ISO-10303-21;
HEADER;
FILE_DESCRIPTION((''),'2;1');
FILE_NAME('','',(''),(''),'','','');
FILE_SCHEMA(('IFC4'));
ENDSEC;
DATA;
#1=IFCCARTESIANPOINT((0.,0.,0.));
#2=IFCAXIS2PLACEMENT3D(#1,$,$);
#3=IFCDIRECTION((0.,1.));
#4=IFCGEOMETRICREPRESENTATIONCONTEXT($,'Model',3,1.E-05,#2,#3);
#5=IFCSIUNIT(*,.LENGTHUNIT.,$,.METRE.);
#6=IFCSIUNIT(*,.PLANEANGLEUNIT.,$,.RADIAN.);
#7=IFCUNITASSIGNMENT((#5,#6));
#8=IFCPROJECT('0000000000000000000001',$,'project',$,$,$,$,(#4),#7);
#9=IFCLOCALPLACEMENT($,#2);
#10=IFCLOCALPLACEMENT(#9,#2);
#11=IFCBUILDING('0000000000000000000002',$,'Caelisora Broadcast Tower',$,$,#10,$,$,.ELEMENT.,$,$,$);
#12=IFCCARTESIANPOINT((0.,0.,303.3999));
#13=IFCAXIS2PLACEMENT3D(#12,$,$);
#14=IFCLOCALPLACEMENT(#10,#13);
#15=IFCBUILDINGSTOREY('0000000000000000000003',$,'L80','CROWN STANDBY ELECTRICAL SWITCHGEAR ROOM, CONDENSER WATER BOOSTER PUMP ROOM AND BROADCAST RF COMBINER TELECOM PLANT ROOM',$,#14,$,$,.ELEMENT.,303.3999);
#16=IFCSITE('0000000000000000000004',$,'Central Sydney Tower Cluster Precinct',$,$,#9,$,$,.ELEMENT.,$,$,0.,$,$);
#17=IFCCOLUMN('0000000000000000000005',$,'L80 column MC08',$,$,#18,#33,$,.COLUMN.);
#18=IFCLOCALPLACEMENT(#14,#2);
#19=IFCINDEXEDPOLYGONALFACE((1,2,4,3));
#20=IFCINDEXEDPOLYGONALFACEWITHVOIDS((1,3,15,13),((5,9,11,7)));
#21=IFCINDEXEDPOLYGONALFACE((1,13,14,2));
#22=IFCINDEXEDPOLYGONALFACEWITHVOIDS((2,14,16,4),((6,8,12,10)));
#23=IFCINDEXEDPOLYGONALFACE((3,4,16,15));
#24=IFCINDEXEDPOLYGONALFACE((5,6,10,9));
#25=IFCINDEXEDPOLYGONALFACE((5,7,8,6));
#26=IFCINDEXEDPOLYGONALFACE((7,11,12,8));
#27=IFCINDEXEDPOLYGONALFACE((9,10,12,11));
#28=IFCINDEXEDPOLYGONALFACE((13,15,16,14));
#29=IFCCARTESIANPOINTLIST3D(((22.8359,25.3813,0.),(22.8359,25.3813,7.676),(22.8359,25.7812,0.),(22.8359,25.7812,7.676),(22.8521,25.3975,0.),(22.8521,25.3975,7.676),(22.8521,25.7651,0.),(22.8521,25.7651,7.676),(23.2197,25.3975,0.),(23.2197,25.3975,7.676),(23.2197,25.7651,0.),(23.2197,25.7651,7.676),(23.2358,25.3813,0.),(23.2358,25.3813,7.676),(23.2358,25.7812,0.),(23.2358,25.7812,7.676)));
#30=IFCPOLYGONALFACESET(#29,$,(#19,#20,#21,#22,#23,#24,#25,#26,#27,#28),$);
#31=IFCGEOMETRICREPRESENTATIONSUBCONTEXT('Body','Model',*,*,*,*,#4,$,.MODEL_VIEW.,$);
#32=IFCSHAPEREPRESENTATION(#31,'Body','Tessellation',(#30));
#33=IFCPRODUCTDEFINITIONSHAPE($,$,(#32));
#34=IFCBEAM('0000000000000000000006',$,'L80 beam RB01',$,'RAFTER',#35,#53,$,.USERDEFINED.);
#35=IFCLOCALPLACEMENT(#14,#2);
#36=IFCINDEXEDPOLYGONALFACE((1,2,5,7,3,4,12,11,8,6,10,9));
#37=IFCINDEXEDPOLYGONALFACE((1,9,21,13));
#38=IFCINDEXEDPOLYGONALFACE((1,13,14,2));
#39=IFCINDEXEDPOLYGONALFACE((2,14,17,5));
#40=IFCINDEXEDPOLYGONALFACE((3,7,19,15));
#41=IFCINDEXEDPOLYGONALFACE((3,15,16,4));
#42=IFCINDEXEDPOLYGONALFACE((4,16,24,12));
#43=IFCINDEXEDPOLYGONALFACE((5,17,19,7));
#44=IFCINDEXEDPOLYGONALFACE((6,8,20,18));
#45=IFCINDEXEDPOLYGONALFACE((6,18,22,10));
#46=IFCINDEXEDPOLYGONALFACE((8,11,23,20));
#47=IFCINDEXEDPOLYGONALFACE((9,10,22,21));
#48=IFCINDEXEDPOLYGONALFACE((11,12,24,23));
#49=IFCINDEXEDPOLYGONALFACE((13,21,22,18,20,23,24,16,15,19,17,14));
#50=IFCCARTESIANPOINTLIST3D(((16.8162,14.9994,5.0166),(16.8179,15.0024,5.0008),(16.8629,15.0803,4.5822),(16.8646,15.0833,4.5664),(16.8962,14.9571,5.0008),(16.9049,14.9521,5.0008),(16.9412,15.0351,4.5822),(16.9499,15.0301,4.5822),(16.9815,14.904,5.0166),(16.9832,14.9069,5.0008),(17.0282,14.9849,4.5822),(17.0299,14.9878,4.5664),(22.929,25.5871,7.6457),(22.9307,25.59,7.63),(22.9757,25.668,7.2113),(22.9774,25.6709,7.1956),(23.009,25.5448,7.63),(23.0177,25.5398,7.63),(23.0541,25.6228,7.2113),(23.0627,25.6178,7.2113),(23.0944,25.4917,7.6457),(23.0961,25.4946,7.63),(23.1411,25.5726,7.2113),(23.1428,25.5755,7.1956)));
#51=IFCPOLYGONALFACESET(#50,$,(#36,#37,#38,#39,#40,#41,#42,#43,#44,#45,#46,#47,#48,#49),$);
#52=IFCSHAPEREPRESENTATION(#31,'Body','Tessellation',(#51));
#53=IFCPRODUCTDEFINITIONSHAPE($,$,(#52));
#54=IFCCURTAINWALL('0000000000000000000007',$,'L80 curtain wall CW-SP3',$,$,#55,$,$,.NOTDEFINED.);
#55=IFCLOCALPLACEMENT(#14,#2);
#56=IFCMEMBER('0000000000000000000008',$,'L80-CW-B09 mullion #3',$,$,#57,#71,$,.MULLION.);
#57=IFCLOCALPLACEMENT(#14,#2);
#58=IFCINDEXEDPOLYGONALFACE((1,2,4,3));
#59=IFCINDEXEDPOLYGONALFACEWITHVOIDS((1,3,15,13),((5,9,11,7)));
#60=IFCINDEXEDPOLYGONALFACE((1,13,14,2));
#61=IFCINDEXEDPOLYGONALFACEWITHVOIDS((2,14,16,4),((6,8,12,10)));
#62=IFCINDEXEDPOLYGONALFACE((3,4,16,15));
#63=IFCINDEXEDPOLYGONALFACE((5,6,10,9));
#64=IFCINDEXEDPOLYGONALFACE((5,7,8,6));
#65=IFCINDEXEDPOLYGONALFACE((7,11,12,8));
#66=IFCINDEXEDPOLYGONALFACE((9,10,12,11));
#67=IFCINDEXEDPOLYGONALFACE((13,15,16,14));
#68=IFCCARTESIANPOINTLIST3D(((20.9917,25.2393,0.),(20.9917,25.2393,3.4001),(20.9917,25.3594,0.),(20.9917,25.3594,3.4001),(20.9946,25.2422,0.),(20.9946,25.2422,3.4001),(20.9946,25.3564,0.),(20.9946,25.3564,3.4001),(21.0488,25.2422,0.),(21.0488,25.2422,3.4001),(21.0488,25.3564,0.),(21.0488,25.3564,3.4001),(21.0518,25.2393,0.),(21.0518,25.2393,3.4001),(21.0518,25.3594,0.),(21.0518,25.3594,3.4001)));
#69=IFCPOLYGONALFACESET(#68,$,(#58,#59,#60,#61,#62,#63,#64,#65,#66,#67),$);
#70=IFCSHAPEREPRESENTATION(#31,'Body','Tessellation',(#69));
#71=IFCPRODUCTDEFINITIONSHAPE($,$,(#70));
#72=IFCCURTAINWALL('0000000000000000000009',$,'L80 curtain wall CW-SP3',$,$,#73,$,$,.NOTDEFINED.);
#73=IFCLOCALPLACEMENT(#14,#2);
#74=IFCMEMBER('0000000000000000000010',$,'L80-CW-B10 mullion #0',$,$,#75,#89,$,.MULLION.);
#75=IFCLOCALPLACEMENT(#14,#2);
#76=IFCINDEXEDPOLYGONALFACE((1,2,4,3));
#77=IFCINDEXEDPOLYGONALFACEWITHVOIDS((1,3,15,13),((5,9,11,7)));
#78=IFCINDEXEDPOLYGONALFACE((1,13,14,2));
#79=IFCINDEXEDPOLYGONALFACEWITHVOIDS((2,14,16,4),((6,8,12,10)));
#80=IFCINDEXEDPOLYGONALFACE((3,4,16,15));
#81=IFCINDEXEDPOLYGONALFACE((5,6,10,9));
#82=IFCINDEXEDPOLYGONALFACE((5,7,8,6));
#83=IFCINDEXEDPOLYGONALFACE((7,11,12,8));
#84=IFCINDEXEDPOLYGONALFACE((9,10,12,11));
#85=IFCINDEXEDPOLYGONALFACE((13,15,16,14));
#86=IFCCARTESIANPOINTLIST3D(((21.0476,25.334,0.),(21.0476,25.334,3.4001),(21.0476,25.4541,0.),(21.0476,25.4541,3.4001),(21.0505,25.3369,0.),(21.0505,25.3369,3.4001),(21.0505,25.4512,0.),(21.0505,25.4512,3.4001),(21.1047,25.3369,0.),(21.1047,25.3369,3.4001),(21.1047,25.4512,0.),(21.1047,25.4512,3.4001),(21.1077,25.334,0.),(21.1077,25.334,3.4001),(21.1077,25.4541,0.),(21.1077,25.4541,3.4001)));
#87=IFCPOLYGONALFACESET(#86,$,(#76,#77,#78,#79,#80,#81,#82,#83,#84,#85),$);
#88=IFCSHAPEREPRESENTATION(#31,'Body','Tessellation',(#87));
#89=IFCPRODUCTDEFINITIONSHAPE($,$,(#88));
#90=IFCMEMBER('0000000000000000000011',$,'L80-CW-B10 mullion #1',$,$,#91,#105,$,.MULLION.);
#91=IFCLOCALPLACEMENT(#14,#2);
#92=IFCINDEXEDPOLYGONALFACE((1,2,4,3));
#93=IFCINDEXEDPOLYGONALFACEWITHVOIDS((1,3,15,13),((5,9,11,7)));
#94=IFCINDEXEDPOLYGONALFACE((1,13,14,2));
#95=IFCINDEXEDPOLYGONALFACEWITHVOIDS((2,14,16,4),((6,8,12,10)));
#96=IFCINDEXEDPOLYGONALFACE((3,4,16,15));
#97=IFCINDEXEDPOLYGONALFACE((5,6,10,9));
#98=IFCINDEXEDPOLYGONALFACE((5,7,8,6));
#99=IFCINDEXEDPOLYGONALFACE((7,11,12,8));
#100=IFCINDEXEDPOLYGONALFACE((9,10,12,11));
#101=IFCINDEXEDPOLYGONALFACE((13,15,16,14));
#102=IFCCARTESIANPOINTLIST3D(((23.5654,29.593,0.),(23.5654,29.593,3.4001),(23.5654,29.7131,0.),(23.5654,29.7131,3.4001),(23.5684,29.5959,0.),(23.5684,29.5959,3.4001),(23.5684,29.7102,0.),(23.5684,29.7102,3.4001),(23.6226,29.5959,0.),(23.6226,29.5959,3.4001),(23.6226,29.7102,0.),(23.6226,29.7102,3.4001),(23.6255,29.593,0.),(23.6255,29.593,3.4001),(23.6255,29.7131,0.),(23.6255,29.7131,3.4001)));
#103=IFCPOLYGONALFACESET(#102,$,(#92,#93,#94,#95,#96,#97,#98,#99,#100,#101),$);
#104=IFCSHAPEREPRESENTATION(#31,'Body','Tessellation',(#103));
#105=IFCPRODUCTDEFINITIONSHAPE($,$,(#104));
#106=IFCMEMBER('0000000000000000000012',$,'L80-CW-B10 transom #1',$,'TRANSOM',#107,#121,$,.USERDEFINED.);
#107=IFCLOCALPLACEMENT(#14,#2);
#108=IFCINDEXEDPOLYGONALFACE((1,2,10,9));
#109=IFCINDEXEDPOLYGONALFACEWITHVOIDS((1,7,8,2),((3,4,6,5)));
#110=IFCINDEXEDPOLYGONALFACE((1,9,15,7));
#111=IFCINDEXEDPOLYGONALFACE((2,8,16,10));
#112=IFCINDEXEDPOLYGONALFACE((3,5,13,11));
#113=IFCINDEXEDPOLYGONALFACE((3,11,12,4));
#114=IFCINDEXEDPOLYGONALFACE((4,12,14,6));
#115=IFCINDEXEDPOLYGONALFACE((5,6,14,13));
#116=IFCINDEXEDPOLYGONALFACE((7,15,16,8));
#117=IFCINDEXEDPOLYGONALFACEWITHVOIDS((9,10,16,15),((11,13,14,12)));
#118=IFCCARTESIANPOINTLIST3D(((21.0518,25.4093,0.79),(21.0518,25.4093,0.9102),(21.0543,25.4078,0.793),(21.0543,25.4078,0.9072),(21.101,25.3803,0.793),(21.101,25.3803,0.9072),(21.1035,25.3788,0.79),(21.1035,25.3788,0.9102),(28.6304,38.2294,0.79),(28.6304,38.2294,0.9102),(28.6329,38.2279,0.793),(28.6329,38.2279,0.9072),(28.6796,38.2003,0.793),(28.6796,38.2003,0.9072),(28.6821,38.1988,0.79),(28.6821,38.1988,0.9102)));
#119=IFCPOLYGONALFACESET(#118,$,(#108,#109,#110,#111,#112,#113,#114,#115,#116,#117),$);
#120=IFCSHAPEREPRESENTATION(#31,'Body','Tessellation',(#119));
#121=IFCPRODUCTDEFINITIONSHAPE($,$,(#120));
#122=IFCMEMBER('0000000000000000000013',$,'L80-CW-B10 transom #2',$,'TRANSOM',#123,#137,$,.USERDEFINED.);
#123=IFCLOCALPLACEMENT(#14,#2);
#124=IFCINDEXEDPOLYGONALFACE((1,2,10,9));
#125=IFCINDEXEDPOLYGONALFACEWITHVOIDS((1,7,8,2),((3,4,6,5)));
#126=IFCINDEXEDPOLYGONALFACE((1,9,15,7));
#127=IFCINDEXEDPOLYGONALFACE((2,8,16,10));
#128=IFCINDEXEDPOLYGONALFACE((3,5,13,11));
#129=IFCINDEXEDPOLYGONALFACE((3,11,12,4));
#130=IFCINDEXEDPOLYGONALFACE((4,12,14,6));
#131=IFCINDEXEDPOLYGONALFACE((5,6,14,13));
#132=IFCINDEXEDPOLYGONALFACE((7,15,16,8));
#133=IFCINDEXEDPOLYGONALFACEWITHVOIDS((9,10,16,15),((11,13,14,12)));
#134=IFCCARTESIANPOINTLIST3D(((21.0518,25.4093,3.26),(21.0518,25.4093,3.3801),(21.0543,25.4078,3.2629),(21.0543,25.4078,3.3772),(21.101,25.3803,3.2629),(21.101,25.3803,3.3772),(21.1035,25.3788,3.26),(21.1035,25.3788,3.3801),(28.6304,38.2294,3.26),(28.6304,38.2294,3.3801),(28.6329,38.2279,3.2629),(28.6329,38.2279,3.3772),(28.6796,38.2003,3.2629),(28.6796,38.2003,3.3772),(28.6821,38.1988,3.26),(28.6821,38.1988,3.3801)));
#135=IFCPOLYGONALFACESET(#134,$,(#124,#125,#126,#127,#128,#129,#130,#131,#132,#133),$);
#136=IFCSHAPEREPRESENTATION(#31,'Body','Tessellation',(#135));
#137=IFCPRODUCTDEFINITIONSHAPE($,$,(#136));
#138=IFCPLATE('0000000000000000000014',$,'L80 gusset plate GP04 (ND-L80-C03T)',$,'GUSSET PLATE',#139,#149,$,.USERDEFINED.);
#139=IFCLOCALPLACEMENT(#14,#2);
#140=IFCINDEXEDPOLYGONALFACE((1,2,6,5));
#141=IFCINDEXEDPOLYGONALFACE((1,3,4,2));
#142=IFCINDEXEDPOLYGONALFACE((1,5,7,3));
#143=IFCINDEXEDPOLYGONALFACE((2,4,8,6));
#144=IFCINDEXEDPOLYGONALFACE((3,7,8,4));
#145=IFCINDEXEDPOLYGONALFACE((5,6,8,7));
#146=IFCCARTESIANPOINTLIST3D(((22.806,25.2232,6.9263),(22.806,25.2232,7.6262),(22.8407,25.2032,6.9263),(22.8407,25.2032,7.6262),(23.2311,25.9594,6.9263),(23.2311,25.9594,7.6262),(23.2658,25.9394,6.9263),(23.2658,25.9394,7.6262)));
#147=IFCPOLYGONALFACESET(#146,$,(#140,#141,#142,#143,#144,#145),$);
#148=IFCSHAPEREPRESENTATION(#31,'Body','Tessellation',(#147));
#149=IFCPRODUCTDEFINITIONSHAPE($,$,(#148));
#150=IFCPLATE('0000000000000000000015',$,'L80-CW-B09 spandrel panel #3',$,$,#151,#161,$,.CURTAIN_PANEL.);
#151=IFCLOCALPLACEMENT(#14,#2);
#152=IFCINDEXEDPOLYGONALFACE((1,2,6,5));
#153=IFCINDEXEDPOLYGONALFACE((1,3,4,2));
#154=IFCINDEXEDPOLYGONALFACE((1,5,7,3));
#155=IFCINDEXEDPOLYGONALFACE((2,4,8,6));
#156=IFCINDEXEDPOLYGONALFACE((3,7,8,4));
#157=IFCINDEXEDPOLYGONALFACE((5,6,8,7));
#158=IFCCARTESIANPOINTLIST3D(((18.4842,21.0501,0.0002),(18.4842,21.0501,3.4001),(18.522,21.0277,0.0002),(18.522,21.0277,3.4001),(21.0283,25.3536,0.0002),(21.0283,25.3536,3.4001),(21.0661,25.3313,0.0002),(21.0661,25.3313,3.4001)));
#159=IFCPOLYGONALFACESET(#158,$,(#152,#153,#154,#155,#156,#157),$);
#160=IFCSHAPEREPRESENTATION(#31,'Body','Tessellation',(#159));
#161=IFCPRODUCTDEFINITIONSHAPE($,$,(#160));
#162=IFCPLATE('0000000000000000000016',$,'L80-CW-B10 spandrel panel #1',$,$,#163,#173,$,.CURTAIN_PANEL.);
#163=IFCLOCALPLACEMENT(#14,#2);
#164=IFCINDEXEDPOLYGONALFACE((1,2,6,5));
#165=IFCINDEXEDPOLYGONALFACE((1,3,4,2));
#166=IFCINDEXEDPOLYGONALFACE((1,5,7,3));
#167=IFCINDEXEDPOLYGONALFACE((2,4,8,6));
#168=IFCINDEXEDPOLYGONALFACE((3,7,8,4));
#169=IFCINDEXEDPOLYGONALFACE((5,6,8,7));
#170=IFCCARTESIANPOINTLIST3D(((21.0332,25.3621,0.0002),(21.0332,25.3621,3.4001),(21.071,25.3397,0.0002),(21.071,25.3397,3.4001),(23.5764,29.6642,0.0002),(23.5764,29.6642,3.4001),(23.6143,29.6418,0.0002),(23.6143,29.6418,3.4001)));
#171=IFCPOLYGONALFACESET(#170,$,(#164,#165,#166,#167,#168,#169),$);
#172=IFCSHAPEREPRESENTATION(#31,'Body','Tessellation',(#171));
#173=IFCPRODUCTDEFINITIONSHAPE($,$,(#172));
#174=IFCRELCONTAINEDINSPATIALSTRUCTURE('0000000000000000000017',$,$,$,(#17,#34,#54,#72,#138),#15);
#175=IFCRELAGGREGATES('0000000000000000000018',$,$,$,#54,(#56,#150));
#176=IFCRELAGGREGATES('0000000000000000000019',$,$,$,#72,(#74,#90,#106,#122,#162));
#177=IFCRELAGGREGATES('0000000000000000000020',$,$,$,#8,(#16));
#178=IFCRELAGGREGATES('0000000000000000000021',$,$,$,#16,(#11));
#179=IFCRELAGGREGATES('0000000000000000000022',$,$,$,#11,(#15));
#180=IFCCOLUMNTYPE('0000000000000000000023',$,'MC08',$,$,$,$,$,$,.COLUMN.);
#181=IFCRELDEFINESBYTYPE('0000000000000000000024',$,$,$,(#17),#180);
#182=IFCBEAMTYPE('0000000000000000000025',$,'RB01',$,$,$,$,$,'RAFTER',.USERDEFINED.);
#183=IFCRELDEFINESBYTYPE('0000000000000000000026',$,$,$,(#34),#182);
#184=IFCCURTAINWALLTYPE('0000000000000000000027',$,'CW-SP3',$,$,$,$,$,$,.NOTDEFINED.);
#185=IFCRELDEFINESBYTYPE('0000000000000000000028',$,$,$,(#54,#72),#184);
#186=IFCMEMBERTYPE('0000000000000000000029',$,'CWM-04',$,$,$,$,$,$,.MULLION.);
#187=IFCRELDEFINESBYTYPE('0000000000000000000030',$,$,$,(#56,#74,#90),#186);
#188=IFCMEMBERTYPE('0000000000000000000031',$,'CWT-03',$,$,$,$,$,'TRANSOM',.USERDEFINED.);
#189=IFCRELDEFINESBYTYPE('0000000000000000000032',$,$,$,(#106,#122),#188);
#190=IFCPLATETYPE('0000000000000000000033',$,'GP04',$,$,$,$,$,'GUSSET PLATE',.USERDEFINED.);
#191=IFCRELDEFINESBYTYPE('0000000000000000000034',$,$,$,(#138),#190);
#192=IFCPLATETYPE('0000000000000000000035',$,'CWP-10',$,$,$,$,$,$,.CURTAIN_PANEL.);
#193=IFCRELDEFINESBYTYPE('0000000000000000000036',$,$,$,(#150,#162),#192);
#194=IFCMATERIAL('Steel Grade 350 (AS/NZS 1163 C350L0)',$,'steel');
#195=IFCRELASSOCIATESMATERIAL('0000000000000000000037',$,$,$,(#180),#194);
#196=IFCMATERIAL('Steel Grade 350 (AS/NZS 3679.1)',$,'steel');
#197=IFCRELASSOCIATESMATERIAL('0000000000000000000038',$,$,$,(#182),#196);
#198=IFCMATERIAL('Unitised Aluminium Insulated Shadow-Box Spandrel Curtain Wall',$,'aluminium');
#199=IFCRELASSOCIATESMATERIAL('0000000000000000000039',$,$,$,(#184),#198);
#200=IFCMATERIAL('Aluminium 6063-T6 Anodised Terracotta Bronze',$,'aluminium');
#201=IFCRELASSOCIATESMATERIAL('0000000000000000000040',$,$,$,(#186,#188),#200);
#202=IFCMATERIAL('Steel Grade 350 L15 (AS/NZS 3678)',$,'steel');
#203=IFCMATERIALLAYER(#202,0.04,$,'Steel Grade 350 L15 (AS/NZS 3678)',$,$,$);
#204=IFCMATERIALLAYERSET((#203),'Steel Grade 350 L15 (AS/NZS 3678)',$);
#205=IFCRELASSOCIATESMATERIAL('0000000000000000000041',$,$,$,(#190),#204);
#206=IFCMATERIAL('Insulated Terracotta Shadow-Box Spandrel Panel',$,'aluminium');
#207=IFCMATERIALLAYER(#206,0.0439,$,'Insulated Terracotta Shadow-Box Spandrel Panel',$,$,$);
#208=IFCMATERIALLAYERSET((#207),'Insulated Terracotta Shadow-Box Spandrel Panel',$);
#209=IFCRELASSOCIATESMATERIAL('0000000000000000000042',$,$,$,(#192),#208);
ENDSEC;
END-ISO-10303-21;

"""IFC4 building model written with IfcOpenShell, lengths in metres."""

from ifc_helpers import new_model, si_unit, direction, frame, origin, origin_2d, place, context, subcontext, project, spatial, rectangle, hollow_rectangle, i_section, extrude, source, transform, mapped, material, layer, layer_set, material_profile, profile_set, type_object, type_shapes, element, aggregate, save


model = new_model("IFC4")

# Units and contexts
model_context = context("Model", 3, precision=1e-05, world=origin(), true_north=direction((0.0, 1.0)))
body_context = subcontext(model_context, "Body", "Model", "MODEL_VIEW")
ifc_project = project(units=[si_unit("LENGTHUNIT", "METRE"), si_unit("PLANEANGLEUNIT", "RADIAN")], contexts=[model_context])

# Site, building, storey
site_placement = place(None, origin())
site = spatial("IfcSite", under=ifc_project, at=site_placement, Name="Central Sydney Tower Cluster Precinct", CompositionType="ELEMENT", RefElevation=0.0)
building_placement = place(site_placement, origin())
building = spatial("IfcBuilding", under=site, at=building_placement, Name="Caelisora Broadcast Tower", CompositionType="ELEMENT")
storey_placement = place(building_placement, frame((0.0, 0.0, 303.3999)))
storey = spatial("IfcBuildingStorey", under=building, at=storey_placement, Name="L80", Description="CROWN STANDBY ELECTRICAL SWITCHGEAR ROOM, CONDENSER WATER BOOSTER PUMP ROOM AND BROADCAST RF COMBINER TELECOM PLANT ROOM", CompositionType="ELEMENT", Elevation=303.3999)

# Column
ifc_material_1 = material(Name="Steel Grade 350 (AS/NZS 1163 C350L0)", Category="steel")
ifc_material_profile_1 = material_profile(ifc_material_1, hollow_rectangle(XDim=0.3999, YDim=0.3999, WallThickness=0.0161, at=origin_2d()), Name="Steel Grade 350 (AS/NZS 1163 C350L0)")
ifc_profile_set_1 = profile_set([ifc_material_profile_1], Name="Steel Grade 350 (AS/NZS 1163 C350L0)")
column_type = type_object("IfcColumnType", Name="MC08", PredefinedType="COLUMN", material=ifc_profile_set_1)
shared_shape_1 = source(origin(), body_context, "Body", "SweptSolid", [
    extrude(hollow_rectangle(XDim=0.3999, YDim=0.3999, WallThickness=0.0161, at=origin_2d()), origin(), (0.0, 0.0, 1.0), 7.676),
])
type_shapes(column_type, [shared_shape_1])
column_placement = place(storey_placement, frame((23.0359, 25.5813, 0.0), z_axis=(0.0, 0.0, 1.0), x_axis=(1.0, 0.0, 0.0)))
element("IfcColumn", 1, at=column_placement, inside=storey, type_object=column_type, Name="L80 column MC08", PredefinedType="COLUMN", context=body_context, shape_type="MappedRepresentation", body=[
    mapped(shared_shape_1, transform((0.0, 0.0, 0.0), scale=1.0)),
])

# Beam
ifc_material_2 = material(Name="Steel Grade 350 (AS/NZS 3679.1)", Category="steel")
ifc_material_profile_2 = material_profile(ifc_material_2, i_section(OverallWidth=0.1909, OverallDepth=0.4604, WebThickness=0.01, FlangeThickness=0.0161, at=origin_2d()), Name="Steel Grade 350 (AS/NZS 3679.1)")
ifc_profile_set_2 = profile_set([ifc_material_profile_2], Name="Steel Grade 350 (AS/NZS 3679.1)")
beam_type = type_object("IfcBeamType", Name="RB01", ElementType="RAFTER", PredefinedType="USERDEFINED", material=ifc_profile_set_2)
shared_shape_2 = source(origin(), body_context, "Body", "SweptSolid", [
    extrude(i_section(OverallWidth=0.1909, OverallDepth=0.4604, WebThickness=0.01, FlangeThickness=0.0161, at=origin_2d()), origin(), (0.0, 0.0, 1.0), 12.5051),
])
type_shapes(beam_type, [shared_shape_2])
beam_placement = place(storey_placement, frame((23.0359, 25.5813, 7.4207), z_axis=(-0.488825, -0.846668, -0.210247), x_axis=(0.866025, -0.500001, 0.0)))
element("IfcBeam", 2, at=beam_placement, inside=storey, type_object=beam_type, Name="L80 beam RB01", ObjectType="RAFTER", PredefinedType="USERDEFINED", context=body_context, shape_type="MappedRepresentation", body=[
    mapped(shared_shape_2, transform((0.0, 0.0, 0.0), scale=1.0)),
])

# Curtain wall, member
ifc_material_3 = material(Name="Unitised Aluminium Insulated Shadow-Box Spandrel Curtain Wall", Category="aluminium")
curtain_wall_type = type_object("IfcCurtainWallType", Name="CW-SP3", PredefinedType="NOTDEFINED", material=ifc_material_3)
curtain_wall_1_placement = place(storey_placement, origin())
curtain_wall_1 = element("IfcCurtainWall", 3, at=curtain_wall_1_placement, inside=storey, type_object=curtain_wall_type, Name="L80 curtain wall CW-SP3", PredefinedType="NOTDEFINED")
ifc_material_4 = material(Name="Aluminium 6063-T6 Anodised Terracotta Bronze", Category="aluminium")
ifc_material_profile_3 = material_profile(ifc_material_4, hollow_rectangle(XDim=0.0601, YDim=0.1201, WallThickness=0.0029, at=origin_2d()), Name="Aluminium 6063-T6 Anodised Terracotta Bronze")
ifc_profile_set_3 = profile_set([ifc_material_profile_3], Name="Aluminium 6063-T6 Anodised Terracotta Bronze")
member_type_1 = type_object("IfcMemberType", Name="CWM-04", PredefinedType="MULLION", material=ifc_profile_set_3)
shared_shape_3 = source(origin(), body_context, "Body", "SweptSolid", [
    extrude(hollow_rectangle(XDim=0.0601, YDim=0.1201, WallThickness=0.0029, at=origin_2d()), origin(), (0.0, 0.0, 1.0), 3.4001),
])
type_shapes(member_type_1, [shared_shape_3])
member_1_placement = place(storey_placement, frame((21.0217, 25.2993, 0.0), z_axis=(0.0, 0.0, 1.0), x_axis=(1.0, 0.0, 0.0)))
member_1 = element("IfcMember", 4, at=member_1_placement, type_object=member_type_1, Name="L80-CW-B09 mullion #3", PredefinedType="MULLION", context=body_context, shape_type="MappedRepresentation", body=[
    mapped(shared_shape_3, transform((0.0, 0.0, 0.0), scale=1.0)),
])

# Curtain wall, members
curtain_wall_2_placement = place(storey_placement, origin())
curtain_wall_2 = element("IfcCurtainWall", 5, at=curtain_wall_2_placement, inside=storey, type_object=curtain_wall_type, Name="L80 curtain wall CW-SP3", PredefinedType="NOTDEFINED")
member_2_placement = place(storey_placement, frame((21.0776, 25.394, 0.0), z_axis=(0.0, 0.0, 1.0), x_axis=(1.0, 0.0, 0.0)))
member_2 = element("IfcMember", 6, at=member_2_placement, type_object=member_type_1, Name="L80-CW-B10 mullion #0", PredefinedType="MULLION", context=body_context, shape_type="MappedRepresentation", body=[
    mapped(shared_shape_3, transform((0.0, 0.0, 0.0), scale=1.0)),
])
member_3_placement = place(storey_placement, frame((23.5955, 29.6531, 0.0), z_axis=(0.0, 0.0, 1.0), x_axis=(1.0, 0.0, 0.0)))
member_3 = element("IfcMember", 7, at=member_3_placement, type_object=member_type_1, Name="L80-CW-B10 mullion #1", PredefinedType="MULLION", context=body_context, shape_type="MappedRepresentation", body=[
    mapped(shared_shape_3, transform((0.0, 0.0, 0.0), scale=1.0)),
])
ifc_material_profile_4 = material_profile(ifc_material_4, hollow_rectangle(XDim=0.0601, YDim=0.1201, WallThickness=0.0029, at=origin_2d()), Name="Aluminium 6063-T6 Anodised Terracotta Bronze")
ifc_profile_set_4 = profile_set([ifc_material_profile_4], Name="Aluminium 6063-T6 Anodised Terracotta Bronze")
member_type_2 = type_object("IfcMemberType", Name="CWT-03", ElementType="TRANSOM", PredefinedType="USERDEFINED", material=ifc_profile_set_4)
shared_shape_4 = source(origin(), body_context, "Body", "SweptSolid", [
    extrude(hollow_rectangle(XDim=0.0601, YDim=0.1201, WallThickness=0.0029, at=origin_2d()), origin(), (0.0, 0.0, 1.0), 14.8926),
])
type_shapes(member_type_2, [shared_shape_4])
member_4_placement = place(storey_placement, frame((21.0776, 25.394, 0.8501), z_axis=(0.508885, 0.860835, 0.0), x_axis=(-0.860835, 0.508885, 0.0)))
member_4 = element("IfcMember", 8, at=member_4_placement, type_object=member_type_2, Name="L80-CW-B10 transom #1", ObjectType="TRANSOM", PredefinedType="USERDEFINED", context=body_context, shape_type="MappedRepresentation", body=[
    mapped(shared_shape_4, transform((0.0, 0.0, 0.0), scale=1.0)),
])
member_5_placement = place(storey_placement, frame((21.0776, 25.394, 3.3201), z_axis=(0.508885, 0.860835, 0.0), x_axis=(-0.860835, 0.508885, 0.0)))
member_5 = element("IfcMember", 9, at=member_5_placement, type_object=member_type_2, Name="L80-CW-B10 transom #2", ObjectType="TRANSOM", PredefinedType="USERDEFINED", context=body_context, shape_type="MappedRepresentation", body=[
    mapped(shared_shape_4, transform((0.0, 0.0, 0.0), scale=1.0)),
])

# Plates
ifc_material_5 = material(Name="Steel Grade 350 L15 (AS/NZS 3678)", Category="steel")
ifc_layer_1 = layer(ifc_material_5, 0.04, Name="Steel Grade 350 L15 (AS/NZS 3678)")
ifc_layer_set_1 = layer_set([ifc_layer_1], Name="Steel Grade 350 L15 (AS/NZS 3678)")
plate_type_1 = type_object("IfcPlateType", Name="GP04", ElementType="GUSSET PLATE", PredefinedType="USERDEFINED", material=ifc_layer_set_1)
shared_shape_5 = source(origin(), body_context, "Body", "SweptSolid", [
    extrude(rectangle(XDim=0.8501, YDim=0.04, at=origin_2d()), origin(), (0.0, 0.0, 1.0), 0.7),
])
type_shapes(plate_type_1, [shared_shape_5])
plate_1_placement = place(storey_placement, frame((23.0359, 25.5813, 6.9263), z_axis=(0.0, 0.0, 1.0), x_axis=(-0.5, -0.866025, 0.0)))
element("IfcPlate", 10, at=plate_1_placement, inside=storey, type_object=plate_type_1, Name="L80 gusset plate GP04 (ND-L80-C03T)", ObjectType="GUSSET PLATE", PredefinedType="USERDEFINED", context=body_context, shape_type="MappedRepresentation", body=[
    mapped(shared_shape_5, transform((0.0, 0.0, 0.0), scale=1.0)),
])
ifc_material_6 = material(Name="Insulated Terracotta Shadow-Box Spandrel Panel", Category="aluminium")
ifc_layer_2 = layer(ifc_material_6, 0.0439, Name="Insulated Terracotta Shadow-Box Spandrel Panel")
ifc_layer_set_2 = layer_set([ifc_layer_2], Name="Insulated Terracotta Shadow-Box Spandrel Panel")
plate_type_2 = type_object("IfcPlateType", Name="CWP-10", PredefinedType="CURTAIN_PANEL", material=ifc_layer_set_2)
shared_shape_6 = source(origin(), body_context, "Body", "SweptSolid", [
    extrude(rectangle(XDim=4.9993, YDim=0.0439, at=origin_2d()), origin(), (0.0, 0.0, 1.0), 3.3999),
])
plate_2_placement = place(storey_placement, frame((19.7751, 23.1907, 0.0002), z_axis=(0.0, 0.0, 1.0), x_axis=(0.508891, 0.860831, 0.0)))
plate_2 = element("IfcPlate", 11, at=plate_2_placement, type_object=plate_type_2, Name="L80-CW-B09 spandrel panel #3", PredefinedType="CURTAIN_PANEL", context=body_context, shape_type="MappedRepresentation", body=[
    mapped(shared_shape_6, transform((0.0, 0.0, 0.0), scale=1.0)),
])
aggregate(curtain_wall_1, [member_1, plate_2])
shared_shape_7 = source(origin(), body_context, "Body", "SweptSolid", [
    extrude(rectangle(XDim=4.9976, YDim=0.0439, at=origin_2d()), origin(), (0.0, 0.0, 1.0), 3.3999),
])
type_shapes(plate_type_2, [shared_shape_6, shared_shape_7])
plate_3_placement = place(storey_placement, frame((22.3237, 27.502, 0.0002), z_axis=(0.0, 0.0, 1.0), x_axis=(0.508891, 0.860831, 0.0)))
plate_3 = element("IfcPlate", 12, at=plate_3_placement, type_object=plate_type_2, Name="L80-CW-B10 spandrel panel #1", PredefinedType="CURTAIN_PANEL", context=body_context, shape_type="MappedRepresentation", body=[
    mapped(shared_shape_7, transform((0.0, 0.0, 0.0), scale=1.0)),
])
aggregate(curtain_wall_2, [member_2, member_3, member_4, member_5, plate_3])

save(model, "model.ifc")
